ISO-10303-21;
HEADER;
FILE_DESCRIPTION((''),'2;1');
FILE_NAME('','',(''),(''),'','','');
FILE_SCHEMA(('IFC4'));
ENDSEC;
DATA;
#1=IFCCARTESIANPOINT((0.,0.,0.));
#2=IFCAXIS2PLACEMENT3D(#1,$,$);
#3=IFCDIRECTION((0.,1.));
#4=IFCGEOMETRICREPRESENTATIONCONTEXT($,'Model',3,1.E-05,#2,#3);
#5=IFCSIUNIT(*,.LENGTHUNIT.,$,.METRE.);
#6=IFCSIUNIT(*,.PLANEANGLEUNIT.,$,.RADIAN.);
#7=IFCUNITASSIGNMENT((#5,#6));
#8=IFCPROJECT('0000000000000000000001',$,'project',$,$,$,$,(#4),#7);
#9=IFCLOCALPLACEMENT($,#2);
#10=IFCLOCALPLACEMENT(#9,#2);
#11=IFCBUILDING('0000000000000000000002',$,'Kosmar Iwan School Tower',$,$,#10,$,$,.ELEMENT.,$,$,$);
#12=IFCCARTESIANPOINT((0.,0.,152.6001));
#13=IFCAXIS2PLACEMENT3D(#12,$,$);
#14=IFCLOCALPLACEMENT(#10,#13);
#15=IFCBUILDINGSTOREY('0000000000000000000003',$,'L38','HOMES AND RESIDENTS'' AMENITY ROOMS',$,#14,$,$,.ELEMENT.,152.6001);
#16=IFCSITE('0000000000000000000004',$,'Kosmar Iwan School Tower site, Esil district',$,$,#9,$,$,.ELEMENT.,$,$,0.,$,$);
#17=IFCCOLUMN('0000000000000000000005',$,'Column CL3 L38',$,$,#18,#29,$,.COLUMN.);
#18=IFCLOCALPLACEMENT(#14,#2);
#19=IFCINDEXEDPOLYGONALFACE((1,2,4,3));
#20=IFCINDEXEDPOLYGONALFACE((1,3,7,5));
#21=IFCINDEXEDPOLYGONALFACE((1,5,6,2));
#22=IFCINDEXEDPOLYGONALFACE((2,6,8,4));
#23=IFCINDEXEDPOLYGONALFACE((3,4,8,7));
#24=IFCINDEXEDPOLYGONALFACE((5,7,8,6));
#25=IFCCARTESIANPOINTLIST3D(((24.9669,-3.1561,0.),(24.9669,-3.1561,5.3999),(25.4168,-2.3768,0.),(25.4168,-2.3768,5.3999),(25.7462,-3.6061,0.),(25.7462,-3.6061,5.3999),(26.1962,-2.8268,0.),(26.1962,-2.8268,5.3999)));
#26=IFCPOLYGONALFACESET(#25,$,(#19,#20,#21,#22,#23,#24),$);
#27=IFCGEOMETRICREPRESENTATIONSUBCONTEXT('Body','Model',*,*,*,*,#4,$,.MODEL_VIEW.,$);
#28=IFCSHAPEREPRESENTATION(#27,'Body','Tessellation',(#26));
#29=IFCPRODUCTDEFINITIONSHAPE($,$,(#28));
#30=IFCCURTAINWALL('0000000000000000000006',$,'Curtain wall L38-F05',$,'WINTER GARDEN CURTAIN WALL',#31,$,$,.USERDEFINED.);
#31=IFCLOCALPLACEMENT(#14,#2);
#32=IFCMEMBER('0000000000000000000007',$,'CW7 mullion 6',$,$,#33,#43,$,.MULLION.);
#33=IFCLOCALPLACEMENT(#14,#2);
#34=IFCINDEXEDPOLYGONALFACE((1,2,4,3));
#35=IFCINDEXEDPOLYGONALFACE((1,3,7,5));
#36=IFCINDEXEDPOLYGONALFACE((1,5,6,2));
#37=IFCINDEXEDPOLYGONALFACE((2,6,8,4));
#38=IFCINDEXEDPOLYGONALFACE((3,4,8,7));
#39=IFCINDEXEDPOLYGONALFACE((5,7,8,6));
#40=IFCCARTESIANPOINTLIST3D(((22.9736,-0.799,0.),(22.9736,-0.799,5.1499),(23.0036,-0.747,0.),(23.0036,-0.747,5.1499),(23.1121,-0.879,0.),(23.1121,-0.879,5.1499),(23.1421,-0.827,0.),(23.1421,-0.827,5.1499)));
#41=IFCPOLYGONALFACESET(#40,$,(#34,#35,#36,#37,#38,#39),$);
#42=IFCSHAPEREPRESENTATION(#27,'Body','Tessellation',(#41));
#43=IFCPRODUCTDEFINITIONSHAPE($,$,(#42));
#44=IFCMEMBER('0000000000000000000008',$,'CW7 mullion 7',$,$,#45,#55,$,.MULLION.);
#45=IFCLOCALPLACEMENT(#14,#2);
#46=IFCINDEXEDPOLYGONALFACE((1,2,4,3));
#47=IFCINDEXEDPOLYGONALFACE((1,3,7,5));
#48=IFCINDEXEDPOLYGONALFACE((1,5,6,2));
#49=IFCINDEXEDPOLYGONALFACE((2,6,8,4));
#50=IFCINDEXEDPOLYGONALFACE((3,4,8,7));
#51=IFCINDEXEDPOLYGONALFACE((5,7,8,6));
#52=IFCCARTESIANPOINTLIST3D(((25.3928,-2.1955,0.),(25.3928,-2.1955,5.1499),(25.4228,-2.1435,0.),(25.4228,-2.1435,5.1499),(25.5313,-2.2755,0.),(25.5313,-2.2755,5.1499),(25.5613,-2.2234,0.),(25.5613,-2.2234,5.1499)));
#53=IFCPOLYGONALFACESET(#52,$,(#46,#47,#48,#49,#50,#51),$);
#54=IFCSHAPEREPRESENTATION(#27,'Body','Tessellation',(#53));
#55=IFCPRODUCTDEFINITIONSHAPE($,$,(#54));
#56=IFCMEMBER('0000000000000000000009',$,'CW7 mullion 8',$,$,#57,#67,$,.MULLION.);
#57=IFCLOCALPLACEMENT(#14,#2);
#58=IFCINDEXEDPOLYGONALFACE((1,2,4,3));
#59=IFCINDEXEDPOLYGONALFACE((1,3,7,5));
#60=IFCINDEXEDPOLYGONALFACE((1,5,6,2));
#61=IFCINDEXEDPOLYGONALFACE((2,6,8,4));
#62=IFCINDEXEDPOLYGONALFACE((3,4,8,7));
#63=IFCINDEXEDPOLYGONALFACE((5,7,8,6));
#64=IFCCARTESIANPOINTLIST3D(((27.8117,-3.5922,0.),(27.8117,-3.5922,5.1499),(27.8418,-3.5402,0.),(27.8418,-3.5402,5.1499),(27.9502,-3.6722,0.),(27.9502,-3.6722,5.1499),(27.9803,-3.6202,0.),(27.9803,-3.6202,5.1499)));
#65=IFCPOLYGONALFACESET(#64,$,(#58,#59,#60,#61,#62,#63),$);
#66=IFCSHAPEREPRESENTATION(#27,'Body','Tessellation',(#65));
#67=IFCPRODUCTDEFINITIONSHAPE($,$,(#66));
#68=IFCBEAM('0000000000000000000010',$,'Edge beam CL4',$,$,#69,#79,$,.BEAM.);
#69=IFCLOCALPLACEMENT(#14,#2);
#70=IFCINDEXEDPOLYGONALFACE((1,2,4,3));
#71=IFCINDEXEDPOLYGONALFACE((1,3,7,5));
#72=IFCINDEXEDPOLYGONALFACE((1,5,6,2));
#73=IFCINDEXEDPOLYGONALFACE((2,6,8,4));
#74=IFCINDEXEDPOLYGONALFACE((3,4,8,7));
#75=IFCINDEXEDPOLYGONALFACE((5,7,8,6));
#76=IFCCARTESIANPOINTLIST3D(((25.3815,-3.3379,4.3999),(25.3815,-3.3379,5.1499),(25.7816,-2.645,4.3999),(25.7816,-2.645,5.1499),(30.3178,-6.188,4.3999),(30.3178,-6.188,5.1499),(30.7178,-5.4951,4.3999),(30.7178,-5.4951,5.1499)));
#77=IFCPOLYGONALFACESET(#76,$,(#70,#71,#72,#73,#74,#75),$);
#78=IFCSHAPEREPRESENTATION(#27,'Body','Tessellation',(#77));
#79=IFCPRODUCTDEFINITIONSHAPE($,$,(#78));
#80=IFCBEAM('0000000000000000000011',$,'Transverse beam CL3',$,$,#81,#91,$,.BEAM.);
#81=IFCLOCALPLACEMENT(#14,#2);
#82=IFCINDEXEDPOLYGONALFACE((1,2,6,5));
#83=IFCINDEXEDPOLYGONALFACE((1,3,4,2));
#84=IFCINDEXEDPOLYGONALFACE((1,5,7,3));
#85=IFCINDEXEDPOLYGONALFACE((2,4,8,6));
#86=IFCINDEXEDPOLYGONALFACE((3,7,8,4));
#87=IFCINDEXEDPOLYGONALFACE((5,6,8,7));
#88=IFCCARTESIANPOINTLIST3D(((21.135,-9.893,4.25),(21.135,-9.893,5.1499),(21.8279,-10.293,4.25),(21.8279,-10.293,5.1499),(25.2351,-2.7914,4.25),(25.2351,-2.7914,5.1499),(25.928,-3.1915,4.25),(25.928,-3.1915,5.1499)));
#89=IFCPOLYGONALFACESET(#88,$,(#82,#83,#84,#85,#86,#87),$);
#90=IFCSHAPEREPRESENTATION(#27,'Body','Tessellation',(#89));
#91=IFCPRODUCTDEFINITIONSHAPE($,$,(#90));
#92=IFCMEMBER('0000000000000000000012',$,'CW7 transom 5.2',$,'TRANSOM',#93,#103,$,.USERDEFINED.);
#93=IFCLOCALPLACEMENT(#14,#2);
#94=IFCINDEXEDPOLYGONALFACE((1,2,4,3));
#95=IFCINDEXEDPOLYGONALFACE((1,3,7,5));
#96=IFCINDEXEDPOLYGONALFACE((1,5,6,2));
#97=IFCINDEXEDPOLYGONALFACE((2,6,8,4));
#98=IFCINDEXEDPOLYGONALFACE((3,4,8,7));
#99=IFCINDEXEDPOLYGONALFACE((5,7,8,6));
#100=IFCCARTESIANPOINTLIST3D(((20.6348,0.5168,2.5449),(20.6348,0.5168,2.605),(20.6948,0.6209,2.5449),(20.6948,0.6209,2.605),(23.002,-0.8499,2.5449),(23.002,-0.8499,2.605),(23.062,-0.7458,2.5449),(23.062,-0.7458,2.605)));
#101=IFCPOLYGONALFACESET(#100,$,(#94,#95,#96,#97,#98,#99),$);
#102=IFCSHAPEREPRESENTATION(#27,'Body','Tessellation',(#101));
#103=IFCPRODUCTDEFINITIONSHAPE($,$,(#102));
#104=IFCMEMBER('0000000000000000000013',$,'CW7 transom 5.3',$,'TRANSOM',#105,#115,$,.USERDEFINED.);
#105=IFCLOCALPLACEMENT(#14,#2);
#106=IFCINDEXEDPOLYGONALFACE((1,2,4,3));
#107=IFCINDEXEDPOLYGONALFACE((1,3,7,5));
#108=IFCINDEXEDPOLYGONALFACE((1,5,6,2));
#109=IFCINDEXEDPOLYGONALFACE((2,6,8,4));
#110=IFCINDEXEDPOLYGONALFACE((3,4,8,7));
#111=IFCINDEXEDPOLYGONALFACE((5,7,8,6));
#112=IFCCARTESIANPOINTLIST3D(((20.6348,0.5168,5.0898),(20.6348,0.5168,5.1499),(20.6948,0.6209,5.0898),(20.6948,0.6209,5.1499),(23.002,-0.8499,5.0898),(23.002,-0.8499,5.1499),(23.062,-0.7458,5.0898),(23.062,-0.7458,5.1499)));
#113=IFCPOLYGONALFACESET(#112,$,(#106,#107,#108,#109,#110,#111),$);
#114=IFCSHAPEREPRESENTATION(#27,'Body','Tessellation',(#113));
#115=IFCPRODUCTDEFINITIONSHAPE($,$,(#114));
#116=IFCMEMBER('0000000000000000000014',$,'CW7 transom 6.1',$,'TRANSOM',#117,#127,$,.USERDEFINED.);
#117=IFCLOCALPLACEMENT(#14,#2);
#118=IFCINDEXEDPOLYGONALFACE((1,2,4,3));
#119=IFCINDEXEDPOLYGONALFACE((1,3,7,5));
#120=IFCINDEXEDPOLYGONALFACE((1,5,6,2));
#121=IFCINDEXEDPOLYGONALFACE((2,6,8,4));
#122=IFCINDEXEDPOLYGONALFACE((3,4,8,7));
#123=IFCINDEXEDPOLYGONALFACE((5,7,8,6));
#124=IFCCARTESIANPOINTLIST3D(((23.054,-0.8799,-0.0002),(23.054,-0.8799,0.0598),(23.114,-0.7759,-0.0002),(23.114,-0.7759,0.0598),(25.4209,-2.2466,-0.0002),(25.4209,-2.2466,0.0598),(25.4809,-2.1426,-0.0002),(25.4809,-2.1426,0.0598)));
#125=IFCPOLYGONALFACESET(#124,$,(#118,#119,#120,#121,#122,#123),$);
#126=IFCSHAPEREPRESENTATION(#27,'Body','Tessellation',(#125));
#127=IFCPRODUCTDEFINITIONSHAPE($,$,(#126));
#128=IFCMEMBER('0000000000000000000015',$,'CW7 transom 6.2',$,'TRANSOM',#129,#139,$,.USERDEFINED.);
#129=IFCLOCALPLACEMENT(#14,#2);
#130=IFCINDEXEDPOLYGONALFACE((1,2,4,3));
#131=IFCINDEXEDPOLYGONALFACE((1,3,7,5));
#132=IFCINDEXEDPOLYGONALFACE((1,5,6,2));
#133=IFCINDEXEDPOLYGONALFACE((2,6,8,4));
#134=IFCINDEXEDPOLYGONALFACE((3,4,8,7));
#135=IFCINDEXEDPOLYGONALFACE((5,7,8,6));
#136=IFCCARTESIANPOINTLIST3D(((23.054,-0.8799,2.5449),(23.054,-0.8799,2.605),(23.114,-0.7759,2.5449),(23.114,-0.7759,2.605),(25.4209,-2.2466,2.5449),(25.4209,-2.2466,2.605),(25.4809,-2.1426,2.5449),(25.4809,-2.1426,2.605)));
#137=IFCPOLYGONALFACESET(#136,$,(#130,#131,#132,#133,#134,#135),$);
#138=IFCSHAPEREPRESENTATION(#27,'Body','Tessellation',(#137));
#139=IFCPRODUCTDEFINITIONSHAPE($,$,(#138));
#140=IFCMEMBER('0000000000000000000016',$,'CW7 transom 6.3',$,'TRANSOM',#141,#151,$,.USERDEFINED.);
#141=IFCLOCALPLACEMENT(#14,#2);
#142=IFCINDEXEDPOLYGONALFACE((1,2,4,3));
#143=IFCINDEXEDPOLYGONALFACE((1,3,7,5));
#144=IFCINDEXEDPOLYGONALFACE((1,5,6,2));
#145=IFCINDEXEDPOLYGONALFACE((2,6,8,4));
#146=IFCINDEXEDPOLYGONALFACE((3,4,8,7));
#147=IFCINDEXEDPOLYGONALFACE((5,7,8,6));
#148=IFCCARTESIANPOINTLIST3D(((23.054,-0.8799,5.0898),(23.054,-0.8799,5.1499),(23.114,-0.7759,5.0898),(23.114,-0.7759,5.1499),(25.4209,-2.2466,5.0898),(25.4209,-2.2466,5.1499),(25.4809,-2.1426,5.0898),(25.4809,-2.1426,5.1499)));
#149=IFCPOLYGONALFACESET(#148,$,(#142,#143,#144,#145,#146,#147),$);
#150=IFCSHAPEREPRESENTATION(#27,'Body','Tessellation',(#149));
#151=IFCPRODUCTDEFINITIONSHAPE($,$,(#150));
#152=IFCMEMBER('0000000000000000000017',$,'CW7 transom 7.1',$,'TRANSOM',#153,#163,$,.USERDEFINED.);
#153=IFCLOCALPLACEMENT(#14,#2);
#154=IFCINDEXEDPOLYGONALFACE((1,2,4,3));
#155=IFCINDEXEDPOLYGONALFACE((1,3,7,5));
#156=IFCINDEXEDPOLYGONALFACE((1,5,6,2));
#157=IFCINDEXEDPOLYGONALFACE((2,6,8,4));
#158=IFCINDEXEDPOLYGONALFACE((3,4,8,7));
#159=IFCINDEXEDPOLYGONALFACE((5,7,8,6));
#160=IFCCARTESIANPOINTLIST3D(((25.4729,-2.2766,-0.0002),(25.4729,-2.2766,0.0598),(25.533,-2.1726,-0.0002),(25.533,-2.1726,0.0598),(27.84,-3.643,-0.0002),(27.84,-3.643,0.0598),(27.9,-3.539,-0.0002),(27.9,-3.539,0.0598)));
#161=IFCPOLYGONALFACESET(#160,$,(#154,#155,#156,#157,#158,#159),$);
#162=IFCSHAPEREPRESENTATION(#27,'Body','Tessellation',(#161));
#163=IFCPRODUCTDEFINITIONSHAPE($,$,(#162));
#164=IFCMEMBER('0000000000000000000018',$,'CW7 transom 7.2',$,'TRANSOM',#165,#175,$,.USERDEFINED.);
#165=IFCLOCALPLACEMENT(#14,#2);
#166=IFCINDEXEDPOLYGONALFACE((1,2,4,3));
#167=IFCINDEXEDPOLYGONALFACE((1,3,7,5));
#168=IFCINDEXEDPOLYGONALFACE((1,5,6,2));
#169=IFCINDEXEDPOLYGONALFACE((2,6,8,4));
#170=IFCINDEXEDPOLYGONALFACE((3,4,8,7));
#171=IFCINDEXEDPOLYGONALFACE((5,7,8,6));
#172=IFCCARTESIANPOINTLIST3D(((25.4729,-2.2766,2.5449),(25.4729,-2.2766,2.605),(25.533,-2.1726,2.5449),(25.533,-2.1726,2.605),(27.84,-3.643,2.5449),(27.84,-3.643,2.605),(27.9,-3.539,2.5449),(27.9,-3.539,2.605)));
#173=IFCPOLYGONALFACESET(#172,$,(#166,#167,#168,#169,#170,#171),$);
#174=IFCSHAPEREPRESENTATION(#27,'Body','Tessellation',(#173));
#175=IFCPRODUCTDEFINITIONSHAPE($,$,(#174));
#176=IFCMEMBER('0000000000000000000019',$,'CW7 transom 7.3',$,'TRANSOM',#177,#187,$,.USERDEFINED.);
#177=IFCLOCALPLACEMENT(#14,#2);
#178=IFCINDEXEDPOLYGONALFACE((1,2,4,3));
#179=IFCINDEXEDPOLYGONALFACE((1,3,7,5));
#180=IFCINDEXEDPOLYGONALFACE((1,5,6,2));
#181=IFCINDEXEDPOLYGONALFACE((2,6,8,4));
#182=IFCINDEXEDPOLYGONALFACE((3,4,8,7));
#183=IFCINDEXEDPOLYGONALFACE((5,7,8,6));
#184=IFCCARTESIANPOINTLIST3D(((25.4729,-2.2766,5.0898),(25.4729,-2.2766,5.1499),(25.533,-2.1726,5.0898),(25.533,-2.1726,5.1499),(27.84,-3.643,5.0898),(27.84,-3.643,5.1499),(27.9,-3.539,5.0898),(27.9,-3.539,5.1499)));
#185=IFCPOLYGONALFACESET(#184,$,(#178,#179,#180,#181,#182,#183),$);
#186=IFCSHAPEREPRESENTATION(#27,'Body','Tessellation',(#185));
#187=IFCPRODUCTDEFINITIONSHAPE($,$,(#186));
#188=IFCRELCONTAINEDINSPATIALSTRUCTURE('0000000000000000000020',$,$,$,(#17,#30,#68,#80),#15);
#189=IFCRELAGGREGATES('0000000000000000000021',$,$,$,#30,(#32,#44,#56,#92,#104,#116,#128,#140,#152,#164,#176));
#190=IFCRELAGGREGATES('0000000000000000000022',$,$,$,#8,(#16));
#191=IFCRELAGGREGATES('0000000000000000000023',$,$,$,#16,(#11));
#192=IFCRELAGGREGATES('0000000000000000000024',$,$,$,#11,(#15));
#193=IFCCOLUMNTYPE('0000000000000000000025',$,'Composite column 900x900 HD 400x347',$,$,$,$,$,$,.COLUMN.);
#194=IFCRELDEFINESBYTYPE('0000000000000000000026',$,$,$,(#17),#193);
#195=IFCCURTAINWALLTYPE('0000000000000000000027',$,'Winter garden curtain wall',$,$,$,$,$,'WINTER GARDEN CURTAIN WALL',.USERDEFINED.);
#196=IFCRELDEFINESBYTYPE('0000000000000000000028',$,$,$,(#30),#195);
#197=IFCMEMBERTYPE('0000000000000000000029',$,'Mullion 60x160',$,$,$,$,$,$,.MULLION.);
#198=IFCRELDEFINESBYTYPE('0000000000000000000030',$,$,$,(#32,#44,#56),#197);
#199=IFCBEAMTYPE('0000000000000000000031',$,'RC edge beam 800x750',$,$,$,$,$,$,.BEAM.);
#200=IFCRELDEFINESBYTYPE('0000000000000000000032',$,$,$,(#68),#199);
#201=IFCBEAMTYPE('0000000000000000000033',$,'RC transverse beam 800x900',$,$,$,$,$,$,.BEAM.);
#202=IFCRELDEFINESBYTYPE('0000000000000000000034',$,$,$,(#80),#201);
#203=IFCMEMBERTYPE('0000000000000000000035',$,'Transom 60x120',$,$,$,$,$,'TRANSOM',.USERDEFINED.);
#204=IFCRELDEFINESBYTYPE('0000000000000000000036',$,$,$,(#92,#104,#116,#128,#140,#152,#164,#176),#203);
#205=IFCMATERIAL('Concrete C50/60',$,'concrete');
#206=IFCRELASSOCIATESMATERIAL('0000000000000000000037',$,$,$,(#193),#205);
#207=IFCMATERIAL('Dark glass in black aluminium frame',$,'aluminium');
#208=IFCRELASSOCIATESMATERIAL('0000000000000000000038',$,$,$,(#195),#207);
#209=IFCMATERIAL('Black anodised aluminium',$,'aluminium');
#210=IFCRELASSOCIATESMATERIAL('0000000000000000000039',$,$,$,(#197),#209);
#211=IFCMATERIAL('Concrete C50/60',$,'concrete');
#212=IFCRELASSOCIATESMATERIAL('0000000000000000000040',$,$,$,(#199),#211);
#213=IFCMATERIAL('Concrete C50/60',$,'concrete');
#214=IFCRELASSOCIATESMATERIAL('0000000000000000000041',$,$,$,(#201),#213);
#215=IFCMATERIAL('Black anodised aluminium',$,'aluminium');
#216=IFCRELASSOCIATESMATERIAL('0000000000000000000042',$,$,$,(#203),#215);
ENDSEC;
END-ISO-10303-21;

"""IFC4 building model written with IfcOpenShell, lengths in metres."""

from ifc_helpers import new_model, si_unit, direction, frame, origin, origin_2d, place, context, subcontext, project, spatial, rectangle, extrude, material, material_profile, profile_set, type_object, element, aggregate, save


model = new_model("IFC4")

# Units and contexts
model_context = context("Model", 3, precision=1e-05, world=origin(), true_north=direction((0.0, 1.0)))
body_context = subcontext(model_context, "Body", "Model", "MODEL_VIEW")
ifc_project = project(units=[si_unit("LENGTHUNIT", "METRE"), si_unit("PLANEANGLEUNIT", "RADIAN")], contexts=[model_context])

# Site, building, storey
site_placement = place(None, origin())
site = spatial("IfcSite", under=ifc_project, at=site_placement, Name="Kosmar Iwan School Tower site, Esil district", CompositionType="ELEMENT", RefElevation=0.0)
building_placement = place(site_placement, origin())
building = spatial("IfcBuilding", under=site, at=building_placement, Name="Kosmar Iwan School Tower", CompositionType="ELEMENT")
storey_placement = place(building_placement, frame((0.0, 0.0, 152.6001)))
storey = spatial("IfcBuildingStorey", under=building, at=storey_placement, Name="L38", Description="HOMES AND RESIDENTS' AMENITY ROOMS", CompositionType="ELEMENT", Elevation=152.6001)

# Column
ifc_material_1 = material(Name="Concrete C50/60", Category="concrete")
ifc_material_profile_1 = material_profile(ifc_material_1, rectangle(XDim=0.8999, YDim=0.8999, at=origin_2d()), Name="RC 900x900 + HD 400x347")
ifc_profile_set_1 = profile_set([ifc_material_profile_1], Name="Concrete C50/60")
column_type = type_object("IfcColumnType", Name="Composite column 900x900 HD 400x347", PredefinedType="COLUMN", material=ifc_profile_set_1)
column_placement = place(storey_placement, frame((25.5815, -2.9915, 0.0), z_axis=(0.0, 0.0, 1.0), x_axis=(0.866025, -0.5, 0.0)))
element("IfcColumn", 1, at=column_placement, inside=storey, type_object=column_type, Name="Column CL3 L38", PredefinedType="COLUMN", context=body_context, shape_type="SweptSolid", body=[
    extrude(rectangle(XDim=0.8999, YDim=0.8999, at=origin_2d()), origin(), (0.0, 0.0, 1.0), 5.3999),
])

# Curtain wall, members
ifc_material_2 = material(Name="Dark glass in black aluminium frame", Category="aluminium")
curtain_wall_type = type_object("IfcCurtainWallType", Name="Winter garden curtain wall", ElementType="WINTER GARDEN CURTAIN WALL", PredefinedType="USERDEFINED", material=ifc_material_2)
curtain_wall_placement = place(storey_placement, origin())
curtain_wall = element("IfcCurtainWall", 2, at=curtain_wall_placement, inside=storey, type_object=curtain_wall_type, Name="Curtain wall L38-F05", ObjectType="WINTER GARDEN CURTAIN WALL", PredefinedType="USERDEFINED")
ifc_material_3 = material(Name="Black anodised aluminium", Category="aluminium")
ifc_material_profile_2 = material_profile(ifc_material_3, rectangle(XDim=0.0601, YDim=0.1599, at=origin_2d()), Name="MULLION 60x160")
ifc_profile_set_2 = profile_set([ifc_material_profile_2], Name="Black anodised aluminium")
member_type_1 = type_object("IfcMemberType", Name="Mullion 60x160", PredefinedType="MULLION", material=ifc_profile_set_2)
member_1_placement = place(storey_placement, frame((23.0579, -0.813, 0.0), z_axis=(0.0, 0.0, 1.0), x_axis=(0.5, 0.866025, 0.0)))
member_1 = element("IfcMember", 3, at=member_1_placement, type_object=member_type_1, Name="CW7 mullion 6", PredefinedType="MULLION", context=body_context, shape_type="SweptSolid", body=[
    extrude(rectangle(XDim=0.0601, YDim=0.1599, at=origin_2d()), origin(), (0.0, 0.0, 1.0), 5.1499),
])
member_2_placement = place(storey_placement, frame((25.4771, -2.2095, 0.0), z_axis=(0.0, 0.0, 1.0), x_axis=(0.5, 0.866025, 0.0)))
member_2 = element("IfcMember", 4, at=member_2_placement, type_object=member_type_1, Name="CW7 mullion 7", PredefinedType="MULLION", context=body_context, shape_type="SweptSolid", body=[
    extrude(rectangle(XDim=0.0601, YDim=0.1599, at=origin_2d()), origin(), (0.0, 0.0, 1.0), 5.1499),
])
member_3_placement = place(storey_placement, frame((27.896, -3.6062, 0.0), z_axis=(0.0, 0.0, 1.0), x_axis=(0.5, 0.866025, 0.0)))
member_3 = element("IfcMember", 5, at=member_3_placement, type_object=member_type_1, Name="CW7 mullion 8", PredefinedType="MULLION", context=body_context, shape_type="SweptSolid", body=[
    extrude(rectangle(XDim=0.0601, YDim=0.1599, at=origin_2d()), origin(), (0.0, 0.0, 1.0), 5.1499),
])

# Beams
ifc_material_4 = material(Name="Concrete C50/60", Category="concrete")
ifc_material_profile_3 = material_profile(ifc_material_4, rectangle(XDim=0.8, YDim=0.75, at=origin_2d()), Name="RC 800x750")
ifc_profile_set_3 = profile_set([ifc_material_profile_3], Name="Concrete C50/60")
beam_type_1 = type_object("IfcBeamType", Name="RC edge beam 800x750", PredefinedType="BEAM", material=ifc_profile_set_3)
beam_1_placement = place(storey_placement, frame((25.5815, -2.9915, 4.7749), z_axis=(0.866015, -0.500018, 0.0), x_axis=(0.500018, 0.866015, 0.0)))
element("IfcBeam", 6, at=beam_1_placement, inside=storey, type_object=beam_type_1, Name="Edge beam CL4", PredefinedType="BEAM", context=body_context, shape_type="SweptSolid", body=[
    extrude(rectangle(XDim=0.8, YDim=0.75, at=origin_2d()), origin(), (0.0, 0.0, 1.0), 5.7),
])
ifc_material_5 = material(Name="Concrete C50/60", Category="concrete")
ifc_material_profile_4 = material_profile(ifc_material_5, rectangle(XDim=0.8, YDim=0.8999, at=origin_2d()), Name="RC 800x900")
ifc_profile_set_4 = profile_set([ifc_material_profile_4], Name="Concrete C50/60")
beam_type_2 = type_object("IfcBeamType", Name="RC transverse beam 800x900", PredefinedType="BEAM", material=ifc_profile_set_4)
beam_2_placement = place(storey_placement, frame((25.5815, -2.9915, 4.7), z_axis=(-0.500001, -0.866025, 0.0), x_axis=(0.866025, -0.500001, 0.0)))
element("IfcBeam", 7, at=beam_2_placement, inside=storey, type_object=beam_type_2, Name="Transverse beam CL3", PredefinedType="BEAM", context=body_context, shape_type="SweptSolid", body=[
    extrude(rectangle(XDim=0.8, YDim=0.8999, at=origin_2d()), origin(), (0.0, 0.0, 1.0), 8.2002),
])

# Members
ifc_material_6 = material(Name="Black anodised aluminium", Category="aluminium")
ifc_material_profile_5 = material_profile(ifc_material_6, rectangle(XDim=0.1201, YDim=0.0601, at=origin_2d()), Name="TRANSOM 60x120")
ifc_profile_set_5 = profile_set([ifc_material_profile_5], Name="Black anodised aluminium")
member_type_2 = type_object("IfcMemberType", Name="Transom 60x120", ElementType="TRANSOM", PredefinedType="USERDEFINED", material=ifc_profile_set_5)
member_4_placement = place(storey_placement, frame((20.6648, 0.5688, 2.575), z_axis=(0.866025, -0.500001, 0.0), x_axis=(0.500001, 0.866025, 0.0)))
member_4 = element("IfcMember", 8, at=member_4_placement, type_object=member_type_2, Name="CW7 transom 5.2", ObjectType="TRANSOM", PredefinedType="USERDEFINED", context=body_context, shape_type="SweptSolid", body=[
    extrude(rectangle(XDim=0.1201, YDim=0.0601, at=origin_2d()), origin(), (0.0, 0.0, 1.0), 2.7334),
])
member_5_placement = place(storey_placement, frame((20.6648, 0.5688, 5.1199), z_axis=(0.866025, -0.500001, 0.0), x_axis=(0.500001, 0.866025, 0.0)))
member_5 = element("IfcMember", 9, at=member_5_placement, type_object=member_type_2, Name="CW7 transom 5.3", ObjectType="TRANSOM", PredefinedType="USERDEFINED", context=body_context, shape_type="SweptSolid", body=[
    extrude(rectangle(XDim=0.1201, YDim=0.0601, at=origin_2d()), origin(), (0.0, 0.0, 1.0), 2.7334),
])
member_6_placement = place(storey_placement, frame((23.084, -0.8279, 0.0298), z_axis=(0.866003, -0.500039, 0.0), x_axis=(0.500039, 0.866003, 0.0)))
member_6 = element("IfcMember", 10, at=member_6_placement, type_object=member_type_2, Name="CW7 transom 6.1", ObjectType="TRANSOM", PredefinedType="USERDEFINED", context=body_context, shape_type="SweptSolid", body=[
    extrude(rectangle(XDim=0.1201, YDim=0.0601, at=origin_2d()), origin(), (0.0, 0.0, 1.0), 2.7332),
])
member_7_placement = place(storey_placement, frame((23.084, -0.8279, 2.575), z_axis=(0.866003, -0.500039, 0.0), x_axis=(0.500039, 0.866003, 0.0)))
member_7 = element("IfcMember", 11, at=member_7_placement, type_object=member_type_2, Name="CW7 transom 6.2", ObjectType="TRANSOM", PredefinedType="USERDEFINED", context=body_context, shape_type="SweptSolid", body=[
    extrude(rectangle(XDim=0.1201, YDim=0.0601, at=origin_2d()), origin(), (0.0, 0.0, 1.0), 2.7332),
])
member_8_placement = place(storey_placement, frame((23.084, -0.8279, 5.1199), z_axis=(0.866003, -0.500039, 0.0), x_axis=(0.500039, 0.866003, 0.0)))
member_8 = element("IfcMember", 12, at=member_8_placement, type_object=member_type_2, Name="CW7 transom 6.3", ObjectType="TRANSOM", PredefinedType="USERDEFINED", context=body_context, shape_type="SweptSolid", body=[
    extrude(rectangle(XDim=0.1201, YDim=0.0601, at=origin_2d()), origin(), (0.0, 0.0, 1.0), 2.7332),
])
member_9_placement = place(storey_placement, frame((25.5029, -2.2246, 0.0298), z_axis=(0.866064, -0.499934, 0.0), x_axis=(0.499934, 0.866064, 0.0)))
member_9 = element("IfcMember", 13, at=member_9_placement, type_object=member_type_2, Name="CW7 transom 7.1", ObjectType="TRANSOM", PredefinedType="USERDEFINED", context=body_context, shape_type="SweptSolid", body=[
    extrude(rectangle(XDim=0.1201, YDim=0.0601, at=origin_2d()), origin(), (0.0, 0.0, 1.0), 2.7332),
])
member_10_placement = place(storey_placement, frame((25.5029, -2.2246, 2.575), z_axis=(0.866064, -0.499934, 0.0), x_axis=(0.499934, 0.866064, 0.0)))
member_10 = element("IfcMember", 14, at=member_10_placement, type_object=member_type_2, Name="CW7 transom 7.2", ObjectType="TRANSOM", PredefinedType="USERDEFINED", context=body_context, shape_type="SweptSolid", body=[
    extrude(rectangle(XDim=0.1201, YDim=0.0601, at=origin_2d()), origin(), (0.0, 0.0, 1.0), 2.7332),
])
member_11_placement = place(storey_placement, frame((25.5029, -2.2246, 5.1199), z_axis=(0.866064, -0.499934, 0.0), x_axis=(0.499934, 0.866064, 0.0)))
member_11 = element("IfcMember", 15, at=member_11_placement, type_object=member_type_2, Name="CW7 transom 7.3", ObjectType="TRANSOM", PredefinedType="USERDEFINED", context=body_context, shape_type="SweptSolid", body=[
    extrude(rectangle(XDim=0.1201, YDim=0.0601, at=origin_2d()), origin(), (0.0, 0.0, 1.0), 2.7332),
])

aggregate(curtain_wall, [member_1, member_2, member_3, member_4, member_5, member_6, member_7, member_8, member_9, member_10, member_11])

save(model, "model.ifc")
